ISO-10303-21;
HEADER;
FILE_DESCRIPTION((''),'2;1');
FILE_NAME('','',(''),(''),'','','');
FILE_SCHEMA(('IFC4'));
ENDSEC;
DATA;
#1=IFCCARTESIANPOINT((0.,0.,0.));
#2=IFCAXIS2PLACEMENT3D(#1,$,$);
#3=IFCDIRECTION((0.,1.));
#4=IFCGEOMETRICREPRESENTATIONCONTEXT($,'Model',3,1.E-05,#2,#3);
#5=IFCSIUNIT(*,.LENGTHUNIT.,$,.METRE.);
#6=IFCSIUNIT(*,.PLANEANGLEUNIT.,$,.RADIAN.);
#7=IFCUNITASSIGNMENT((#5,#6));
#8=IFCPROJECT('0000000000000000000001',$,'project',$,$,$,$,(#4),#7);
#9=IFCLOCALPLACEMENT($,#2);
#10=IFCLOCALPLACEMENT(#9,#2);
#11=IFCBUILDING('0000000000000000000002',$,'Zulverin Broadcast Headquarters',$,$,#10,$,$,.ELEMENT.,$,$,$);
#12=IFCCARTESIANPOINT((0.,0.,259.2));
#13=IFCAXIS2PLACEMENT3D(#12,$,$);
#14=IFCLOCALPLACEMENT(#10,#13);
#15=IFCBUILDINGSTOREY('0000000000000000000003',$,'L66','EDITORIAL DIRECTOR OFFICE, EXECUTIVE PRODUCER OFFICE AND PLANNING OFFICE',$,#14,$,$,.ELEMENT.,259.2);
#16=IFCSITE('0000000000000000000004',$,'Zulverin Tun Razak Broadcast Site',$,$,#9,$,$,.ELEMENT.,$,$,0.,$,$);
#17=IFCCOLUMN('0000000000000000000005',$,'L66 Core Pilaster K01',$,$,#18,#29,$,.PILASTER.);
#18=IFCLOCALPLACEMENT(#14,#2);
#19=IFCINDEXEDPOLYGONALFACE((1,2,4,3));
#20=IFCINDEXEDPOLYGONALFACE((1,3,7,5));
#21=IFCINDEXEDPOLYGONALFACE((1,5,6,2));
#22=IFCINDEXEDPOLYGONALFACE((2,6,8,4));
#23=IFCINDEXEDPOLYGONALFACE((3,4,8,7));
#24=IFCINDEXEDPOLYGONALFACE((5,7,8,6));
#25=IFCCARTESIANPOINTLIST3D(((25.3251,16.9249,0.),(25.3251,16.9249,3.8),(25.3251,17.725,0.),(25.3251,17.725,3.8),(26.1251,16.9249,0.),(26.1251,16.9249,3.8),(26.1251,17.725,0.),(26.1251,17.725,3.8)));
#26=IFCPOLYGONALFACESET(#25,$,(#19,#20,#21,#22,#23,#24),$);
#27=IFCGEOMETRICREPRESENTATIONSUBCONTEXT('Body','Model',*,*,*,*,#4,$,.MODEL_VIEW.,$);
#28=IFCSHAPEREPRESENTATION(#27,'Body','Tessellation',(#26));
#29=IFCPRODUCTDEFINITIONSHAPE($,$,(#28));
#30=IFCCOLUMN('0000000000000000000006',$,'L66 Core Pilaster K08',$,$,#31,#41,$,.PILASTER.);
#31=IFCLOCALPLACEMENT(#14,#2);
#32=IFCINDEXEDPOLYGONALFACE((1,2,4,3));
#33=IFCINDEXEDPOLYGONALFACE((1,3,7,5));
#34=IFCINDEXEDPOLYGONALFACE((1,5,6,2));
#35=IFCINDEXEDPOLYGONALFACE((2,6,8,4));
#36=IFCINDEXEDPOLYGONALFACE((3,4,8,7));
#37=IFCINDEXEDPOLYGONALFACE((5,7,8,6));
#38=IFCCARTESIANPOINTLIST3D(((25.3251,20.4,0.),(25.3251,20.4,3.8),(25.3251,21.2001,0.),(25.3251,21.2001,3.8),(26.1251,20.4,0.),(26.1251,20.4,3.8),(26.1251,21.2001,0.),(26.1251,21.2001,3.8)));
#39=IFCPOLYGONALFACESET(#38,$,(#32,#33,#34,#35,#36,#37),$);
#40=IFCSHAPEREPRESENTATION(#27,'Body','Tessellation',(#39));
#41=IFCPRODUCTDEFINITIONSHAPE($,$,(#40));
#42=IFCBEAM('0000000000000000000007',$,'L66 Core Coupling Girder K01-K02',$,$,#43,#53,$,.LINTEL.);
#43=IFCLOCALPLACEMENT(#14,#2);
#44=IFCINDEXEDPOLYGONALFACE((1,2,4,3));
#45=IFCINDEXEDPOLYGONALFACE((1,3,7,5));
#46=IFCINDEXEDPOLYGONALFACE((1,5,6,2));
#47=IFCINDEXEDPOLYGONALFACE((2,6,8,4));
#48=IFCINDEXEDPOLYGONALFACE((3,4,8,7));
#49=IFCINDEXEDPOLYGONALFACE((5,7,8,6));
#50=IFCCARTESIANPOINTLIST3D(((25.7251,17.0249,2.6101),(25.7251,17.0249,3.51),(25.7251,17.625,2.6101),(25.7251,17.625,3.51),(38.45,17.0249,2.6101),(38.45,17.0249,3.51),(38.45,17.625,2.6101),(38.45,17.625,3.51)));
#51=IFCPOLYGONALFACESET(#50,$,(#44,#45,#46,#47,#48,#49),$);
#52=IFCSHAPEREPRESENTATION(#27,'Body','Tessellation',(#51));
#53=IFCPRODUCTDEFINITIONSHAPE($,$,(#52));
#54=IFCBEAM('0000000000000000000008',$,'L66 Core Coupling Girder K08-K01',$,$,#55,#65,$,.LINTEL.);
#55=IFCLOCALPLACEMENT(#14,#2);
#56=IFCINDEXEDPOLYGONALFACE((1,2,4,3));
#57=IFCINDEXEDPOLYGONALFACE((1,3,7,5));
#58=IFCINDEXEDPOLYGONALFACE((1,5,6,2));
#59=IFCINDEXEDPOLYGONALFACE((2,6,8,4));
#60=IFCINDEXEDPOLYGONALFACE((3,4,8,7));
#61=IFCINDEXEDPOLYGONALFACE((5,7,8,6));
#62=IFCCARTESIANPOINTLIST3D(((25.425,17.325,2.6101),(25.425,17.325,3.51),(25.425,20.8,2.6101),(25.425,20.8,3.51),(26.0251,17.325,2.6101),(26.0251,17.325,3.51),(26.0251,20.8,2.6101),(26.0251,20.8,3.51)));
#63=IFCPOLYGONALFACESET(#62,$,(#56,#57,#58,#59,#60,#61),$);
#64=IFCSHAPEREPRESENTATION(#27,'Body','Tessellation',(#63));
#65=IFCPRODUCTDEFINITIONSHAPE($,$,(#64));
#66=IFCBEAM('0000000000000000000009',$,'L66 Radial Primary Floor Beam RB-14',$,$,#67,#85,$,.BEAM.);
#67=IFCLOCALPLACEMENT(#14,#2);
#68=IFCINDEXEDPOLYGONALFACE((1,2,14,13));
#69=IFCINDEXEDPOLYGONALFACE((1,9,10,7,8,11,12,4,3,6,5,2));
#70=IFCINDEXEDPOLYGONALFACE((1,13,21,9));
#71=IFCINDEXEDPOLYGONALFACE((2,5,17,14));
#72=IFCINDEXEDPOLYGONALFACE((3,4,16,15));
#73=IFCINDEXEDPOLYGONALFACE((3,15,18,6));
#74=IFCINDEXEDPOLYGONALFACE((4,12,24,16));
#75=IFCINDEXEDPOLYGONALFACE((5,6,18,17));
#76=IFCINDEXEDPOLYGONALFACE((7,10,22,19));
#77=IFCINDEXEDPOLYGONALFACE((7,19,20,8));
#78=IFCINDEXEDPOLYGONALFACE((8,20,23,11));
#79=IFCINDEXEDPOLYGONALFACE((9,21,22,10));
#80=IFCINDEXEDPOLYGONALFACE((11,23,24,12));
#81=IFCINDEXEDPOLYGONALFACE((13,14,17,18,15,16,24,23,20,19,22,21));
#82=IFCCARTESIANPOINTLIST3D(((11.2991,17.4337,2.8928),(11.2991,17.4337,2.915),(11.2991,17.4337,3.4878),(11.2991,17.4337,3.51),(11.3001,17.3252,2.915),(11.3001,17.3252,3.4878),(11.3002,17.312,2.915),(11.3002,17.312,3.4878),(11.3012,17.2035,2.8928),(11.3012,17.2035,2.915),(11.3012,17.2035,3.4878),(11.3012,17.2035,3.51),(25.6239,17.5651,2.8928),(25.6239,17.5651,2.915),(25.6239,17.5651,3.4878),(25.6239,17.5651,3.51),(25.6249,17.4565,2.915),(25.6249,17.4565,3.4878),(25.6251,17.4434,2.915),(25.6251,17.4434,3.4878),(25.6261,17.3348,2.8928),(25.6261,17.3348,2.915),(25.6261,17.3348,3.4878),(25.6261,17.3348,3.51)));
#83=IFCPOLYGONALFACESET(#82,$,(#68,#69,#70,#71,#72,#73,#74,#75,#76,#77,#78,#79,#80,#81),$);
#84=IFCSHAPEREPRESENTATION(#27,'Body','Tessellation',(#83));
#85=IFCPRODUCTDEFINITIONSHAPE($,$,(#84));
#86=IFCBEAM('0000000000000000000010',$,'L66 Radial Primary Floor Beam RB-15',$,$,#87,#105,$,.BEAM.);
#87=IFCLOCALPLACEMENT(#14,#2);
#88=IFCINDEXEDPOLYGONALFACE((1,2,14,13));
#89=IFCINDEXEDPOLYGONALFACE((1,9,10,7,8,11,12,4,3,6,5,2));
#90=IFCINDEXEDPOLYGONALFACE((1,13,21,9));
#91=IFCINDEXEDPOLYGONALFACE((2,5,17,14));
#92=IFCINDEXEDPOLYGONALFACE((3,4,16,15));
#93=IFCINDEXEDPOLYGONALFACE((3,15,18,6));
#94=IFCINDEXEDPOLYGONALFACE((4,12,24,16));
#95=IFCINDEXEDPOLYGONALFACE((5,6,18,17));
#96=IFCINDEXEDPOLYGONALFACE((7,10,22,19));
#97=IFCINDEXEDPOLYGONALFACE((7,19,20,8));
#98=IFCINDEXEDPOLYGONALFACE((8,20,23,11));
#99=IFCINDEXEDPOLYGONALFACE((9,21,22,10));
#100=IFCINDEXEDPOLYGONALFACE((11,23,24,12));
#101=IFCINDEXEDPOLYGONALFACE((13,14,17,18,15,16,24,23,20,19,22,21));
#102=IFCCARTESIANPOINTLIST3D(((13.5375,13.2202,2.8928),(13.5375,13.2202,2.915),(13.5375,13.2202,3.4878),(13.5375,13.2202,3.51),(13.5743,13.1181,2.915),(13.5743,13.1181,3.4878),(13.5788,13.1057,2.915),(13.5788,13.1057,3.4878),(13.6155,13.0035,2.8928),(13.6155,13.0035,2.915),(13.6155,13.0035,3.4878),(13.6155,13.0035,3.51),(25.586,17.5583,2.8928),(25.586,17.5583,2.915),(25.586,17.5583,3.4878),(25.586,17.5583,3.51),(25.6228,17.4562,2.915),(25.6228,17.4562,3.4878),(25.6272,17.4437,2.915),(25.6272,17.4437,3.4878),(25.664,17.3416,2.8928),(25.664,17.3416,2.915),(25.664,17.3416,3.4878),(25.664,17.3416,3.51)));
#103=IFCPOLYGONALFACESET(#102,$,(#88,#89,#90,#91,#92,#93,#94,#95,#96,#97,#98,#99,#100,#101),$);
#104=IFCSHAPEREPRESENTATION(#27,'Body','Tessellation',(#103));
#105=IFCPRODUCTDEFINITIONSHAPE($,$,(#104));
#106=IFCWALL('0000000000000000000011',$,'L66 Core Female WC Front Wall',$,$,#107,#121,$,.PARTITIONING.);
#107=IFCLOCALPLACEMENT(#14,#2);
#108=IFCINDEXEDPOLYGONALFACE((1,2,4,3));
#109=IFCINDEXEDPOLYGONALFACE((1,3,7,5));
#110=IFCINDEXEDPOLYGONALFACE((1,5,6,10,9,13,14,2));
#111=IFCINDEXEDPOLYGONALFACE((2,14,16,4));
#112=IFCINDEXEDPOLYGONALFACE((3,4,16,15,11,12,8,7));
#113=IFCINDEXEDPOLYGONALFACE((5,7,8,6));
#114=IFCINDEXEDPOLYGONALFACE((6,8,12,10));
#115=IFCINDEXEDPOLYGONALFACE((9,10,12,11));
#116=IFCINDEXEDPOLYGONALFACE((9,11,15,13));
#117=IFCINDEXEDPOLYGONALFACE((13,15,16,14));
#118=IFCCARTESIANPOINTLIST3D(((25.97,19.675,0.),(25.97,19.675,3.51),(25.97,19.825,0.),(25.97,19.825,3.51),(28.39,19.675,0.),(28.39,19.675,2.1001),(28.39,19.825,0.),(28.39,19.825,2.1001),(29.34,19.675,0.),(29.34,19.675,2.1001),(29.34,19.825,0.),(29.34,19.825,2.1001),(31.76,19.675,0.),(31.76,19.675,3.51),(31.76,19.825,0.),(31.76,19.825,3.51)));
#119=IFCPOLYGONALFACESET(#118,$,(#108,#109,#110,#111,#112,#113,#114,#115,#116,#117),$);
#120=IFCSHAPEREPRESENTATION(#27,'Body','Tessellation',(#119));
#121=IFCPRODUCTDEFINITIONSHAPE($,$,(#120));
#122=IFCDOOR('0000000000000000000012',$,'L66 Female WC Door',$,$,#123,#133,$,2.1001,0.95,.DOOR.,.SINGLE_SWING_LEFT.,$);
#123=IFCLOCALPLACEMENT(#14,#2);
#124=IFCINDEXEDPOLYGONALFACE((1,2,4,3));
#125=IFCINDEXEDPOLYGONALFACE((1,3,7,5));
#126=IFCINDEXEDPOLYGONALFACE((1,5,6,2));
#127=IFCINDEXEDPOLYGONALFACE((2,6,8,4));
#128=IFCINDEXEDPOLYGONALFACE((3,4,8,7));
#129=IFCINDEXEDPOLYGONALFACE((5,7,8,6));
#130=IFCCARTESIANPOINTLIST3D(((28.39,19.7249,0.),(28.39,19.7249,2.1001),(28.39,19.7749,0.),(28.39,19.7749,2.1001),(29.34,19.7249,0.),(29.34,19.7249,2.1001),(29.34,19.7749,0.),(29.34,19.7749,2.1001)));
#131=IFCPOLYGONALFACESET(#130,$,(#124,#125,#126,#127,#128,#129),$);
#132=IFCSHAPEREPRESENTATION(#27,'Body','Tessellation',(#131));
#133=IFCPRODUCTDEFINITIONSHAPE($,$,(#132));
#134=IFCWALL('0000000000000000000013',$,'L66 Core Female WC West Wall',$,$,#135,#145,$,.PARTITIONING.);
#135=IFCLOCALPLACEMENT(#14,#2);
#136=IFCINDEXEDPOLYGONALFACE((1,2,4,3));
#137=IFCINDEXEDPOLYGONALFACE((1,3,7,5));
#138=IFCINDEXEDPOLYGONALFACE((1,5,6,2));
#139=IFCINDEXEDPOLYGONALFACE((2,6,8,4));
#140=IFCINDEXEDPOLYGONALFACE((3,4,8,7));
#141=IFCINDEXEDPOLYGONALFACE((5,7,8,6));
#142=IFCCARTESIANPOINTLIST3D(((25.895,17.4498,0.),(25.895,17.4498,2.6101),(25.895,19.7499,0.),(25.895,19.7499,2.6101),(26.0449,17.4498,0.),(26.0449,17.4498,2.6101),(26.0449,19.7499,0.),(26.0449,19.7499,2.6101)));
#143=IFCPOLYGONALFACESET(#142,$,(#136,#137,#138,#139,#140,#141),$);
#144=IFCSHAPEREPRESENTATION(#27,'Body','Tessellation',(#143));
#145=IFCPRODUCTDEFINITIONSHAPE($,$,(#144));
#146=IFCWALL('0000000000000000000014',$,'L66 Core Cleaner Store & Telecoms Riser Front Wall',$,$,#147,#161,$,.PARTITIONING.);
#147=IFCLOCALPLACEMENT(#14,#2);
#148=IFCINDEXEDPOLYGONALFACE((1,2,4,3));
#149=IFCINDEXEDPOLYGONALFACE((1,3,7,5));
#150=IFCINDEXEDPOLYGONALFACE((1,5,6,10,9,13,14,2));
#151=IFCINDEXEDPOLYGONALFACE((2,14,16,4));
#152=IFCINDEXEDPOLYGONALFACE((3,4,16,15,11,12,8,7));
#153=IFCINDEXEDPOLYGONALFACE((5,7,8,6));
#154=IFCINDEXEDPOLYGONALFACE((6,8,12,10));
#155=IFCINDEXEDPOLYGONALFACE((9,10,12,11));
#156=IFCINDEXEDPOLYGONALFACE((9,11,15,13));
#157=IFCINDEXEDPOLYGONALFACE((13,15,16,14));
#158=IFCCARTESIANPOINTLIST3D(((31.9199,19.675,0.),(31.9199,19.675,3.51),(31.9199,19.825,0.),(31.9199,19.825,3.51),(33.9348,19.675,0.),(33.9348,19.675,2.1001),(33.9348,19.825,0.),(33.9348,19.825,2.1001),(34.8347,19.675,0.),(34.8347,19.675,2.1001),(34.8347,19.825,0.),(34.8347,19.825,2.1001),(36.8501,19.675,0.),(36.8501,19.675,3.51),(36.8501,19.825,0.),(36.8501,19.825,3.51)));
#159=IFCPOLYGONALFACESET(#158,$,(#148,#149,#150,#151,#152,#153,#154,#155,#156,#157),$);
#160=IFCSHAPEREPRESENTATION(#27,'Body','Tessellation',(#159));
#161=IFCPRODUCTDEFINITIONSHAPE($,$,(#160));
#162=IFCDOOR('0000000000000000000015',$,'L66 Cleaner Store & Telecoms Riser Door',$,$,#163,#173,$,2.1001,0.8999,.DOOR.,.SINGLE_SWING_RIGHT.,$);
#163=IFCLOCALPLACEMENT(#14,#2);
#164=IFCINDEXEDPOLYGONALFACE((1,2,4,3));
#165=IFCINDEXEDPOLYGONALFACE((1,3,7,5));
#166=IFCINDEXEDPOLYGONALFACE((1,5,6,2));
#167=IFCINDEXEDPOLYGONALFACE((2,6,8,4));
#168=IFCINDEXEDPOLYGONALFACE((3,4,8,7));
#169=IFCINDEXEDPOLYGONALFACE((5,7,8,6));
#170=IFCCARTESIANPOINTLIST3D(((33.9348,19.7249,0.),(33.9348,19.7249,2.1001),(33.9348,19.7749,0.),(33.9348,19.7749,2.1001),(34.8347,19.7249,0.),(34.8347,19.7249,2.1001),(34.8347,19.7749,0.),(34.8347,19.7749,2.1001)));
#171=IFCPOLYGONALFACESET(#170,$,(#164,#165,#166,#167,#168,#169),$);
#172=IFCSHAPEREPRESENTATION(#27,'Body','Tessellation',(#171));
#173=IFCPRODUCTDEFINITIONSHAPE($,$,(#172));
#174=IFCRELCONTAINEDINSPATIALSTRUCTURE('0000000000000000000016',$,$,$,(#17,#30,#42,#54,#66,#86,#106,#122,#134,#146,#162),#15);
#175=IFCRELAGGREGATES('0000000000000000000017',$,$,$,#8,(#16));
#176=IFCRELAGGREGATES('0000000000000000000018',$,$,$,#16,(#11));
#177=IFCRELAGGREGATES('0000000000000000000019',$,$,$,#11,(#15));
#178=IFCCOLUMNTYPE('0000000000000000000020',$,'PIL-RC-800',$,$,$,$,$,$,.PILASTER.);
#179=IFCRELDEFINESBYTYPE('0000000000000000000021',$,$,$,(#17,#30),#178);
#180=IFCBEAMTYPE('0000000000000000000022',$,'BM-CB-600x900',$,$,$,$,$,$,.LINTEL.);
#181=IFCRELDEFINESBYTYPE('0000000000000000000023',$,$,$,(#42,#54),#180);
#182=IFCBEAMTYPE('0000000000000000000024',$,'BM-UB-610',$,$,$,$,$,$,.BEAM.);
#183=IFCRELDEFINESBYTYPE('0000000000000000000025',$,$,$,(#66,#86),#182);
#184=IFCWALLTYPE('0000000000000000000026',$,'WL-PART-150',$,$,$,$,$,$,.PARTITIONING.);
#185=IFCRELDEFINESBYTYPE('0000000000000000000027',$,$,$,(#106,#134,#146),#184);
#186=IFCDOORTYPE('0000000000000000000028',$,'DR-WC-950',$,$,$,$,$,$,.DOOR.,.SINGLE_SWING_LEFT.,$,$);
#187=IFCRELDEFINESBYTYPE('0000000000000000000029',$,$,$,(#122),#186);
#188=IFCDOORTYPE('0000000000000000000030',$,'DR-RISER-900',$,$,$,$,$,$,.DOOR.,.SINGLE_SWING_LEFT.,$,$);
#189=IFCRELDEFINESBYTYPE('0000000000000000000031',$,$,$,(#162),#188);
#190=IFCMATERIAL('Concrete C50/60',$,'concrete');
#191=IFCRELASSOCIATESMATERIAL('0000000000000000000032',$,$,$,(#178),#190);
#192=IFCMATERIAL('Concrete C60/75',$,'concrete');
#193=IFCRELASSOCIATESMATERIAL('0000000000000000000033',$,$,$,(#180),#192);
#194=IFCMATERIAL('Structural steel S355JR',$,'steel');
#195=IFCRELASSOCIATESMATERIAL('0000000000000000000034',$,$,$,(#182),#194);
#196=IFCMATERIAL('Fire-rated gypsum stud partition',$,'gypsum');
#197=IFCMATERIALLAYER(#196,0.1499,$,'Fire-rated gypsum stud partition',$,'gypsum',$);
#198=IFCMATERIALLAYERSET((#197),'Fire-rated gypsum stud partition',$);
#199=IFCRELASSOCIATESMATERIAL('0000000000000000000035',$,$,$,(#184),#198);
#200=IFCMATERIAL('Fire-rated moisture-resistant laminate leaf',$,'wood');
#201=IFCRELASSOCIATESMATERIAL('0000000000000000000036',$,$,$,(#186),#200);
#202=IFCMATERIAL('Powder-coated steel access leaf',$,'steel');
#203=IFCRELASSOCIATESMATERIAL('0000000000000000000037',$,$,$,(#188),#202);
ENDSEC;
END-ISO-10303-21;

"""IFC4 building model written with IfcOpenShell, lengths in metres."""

from ifc_helpers import new_model, si_unit, direction, frame, frame_2d, origin, origin_2d, place, context, subcontext, project, spatial, rectangle, i_section, extrude, material, layer, layer_set, material_profile, profile_set, type_object, element, fill, save


model = new_model("IFC4")

# Units and contexts
model_context = context("Model", 3, precision=1e-05, world=origin(), true_north=direction((0.0, 1.0)))
body_context = subcontext(model_context, "Body", "Model", "MODEL_VIEW")
ifc_project = project(units=[si_unit("LENGTHUNIT", "METRE"), si_unit("PLANEANGLEUNIT", "RADIAN")], contexts=[model_context])

# Site, building, storey
site_placement = place(None, origin())
site = spatial("IfcSite", under=ifc_project, at=site_placement, Name="Zulverin Tun Razak Broadcast Site", CompositionType="ELEMENT", RefElevation=0.0)
building_placement = place(site_placement, origin())
building = spatial("IfcBuilding", under=site, at=building_placement, Name="Zulverin Broadcast Headquarters", CompositionType="ELEMENT")
storey_placement = place(building_placement, frame((0.0, 0.0, 259.2)))
storey = spatial("IfcBuildingStorey", under=building, at=storey_placement, Name="L66", Description="EDITORIAL DIRECTOR OFFICE, EXECUTIVE PRODUCER OFFICE AND PLANNING OFFICE", CompositionType="ELEMENT", Elevation=259.2)

# Columns
ifc_material_1 = material(Name="Concrete C50/60", Category="concrete")
ifc_material_profile_1 = material_profile(ifc_material_1, rectangle(XDim=0.8, YDim=0.8, at=origin_2d()), Name="Concrete C50/60", Category="concrete")
ifc_profile_set_1 = profile_set([ifc_material_profile_1], Name="Concrete C50/60")
column_type = type_object("IfcColumnType", Name="PIL-RC-800", PredefinedType="PILASTER", material=ifc_profile_set_1)
for number, where, z_axis, x_axis, name in (
    (1, (25.7251, 17.325, 0.0), (0.0, 0.0, 1.0), (1.0, 0.0, 0.0), "L66 Core Pilaster K01"),
    (2, (25.7251, 20.8, 0.0), (0.0, 0.0, 1.0), (1.0, 0.0, 0.0), "L66 Core Pilaster K08"),
):
    element("IfcColumn", number, at=place(storey_placement, frame(where, z_axis=z_axis, x_axis=x_axis)), inside=storey, type_object=column_type, Name=name, PredefinedType="PILASTER", context=body_context, shape_type="SweptSolid", body=[
        extrude(rectangle(XDim=0.8, YDim=0.8, at=origin_2d()), origin(), (0.0, 0.0, 1.0), 3.8),
    ])

# Beams
ifc_material_2 = material(Name="Concrete C60/75", Category="concrete")
ifc_material_profile_2 = material_profile(ifc_material_2, rectangle(XDim=0.6001, YDim=0.8999, at=origin_2d()), Name="Concrete C60/75", Category="concrete")
ifc_profile_set_2 = profile_set([ifc_material_profile_2], Name="Concrete C60/75")
beam_type_1 = type_object("IfcBeamType", Name="BM-CB-600x900", PredefinedType="LINTEL", material=ifc_profile_set_2)
beam_1_placement = place(storey_placement, frame((25.7251, 17.325, 3.0601), z_axis=(1.0, 0.0, 0.0), x_axis=(0.0, 1.0, 0.0)))
element("IfcBeam", 3, at=beam_1_placement, inside=storey, type_object=beam_type_1, Name="L66 Core Coupling Girder K01-K02", PredefinedType="LINTEL", context=body_context, shape_type="SweptSolid", body=[
    extrude(rectangle(XDim=0.6001, YDim=0.8999, at=origin_2d()), origin(), (0.0, 0.0, 1.0), 12.7249),
])
beam_2_placement = place(storey_placement, frame((25.7251, 20.8, 3.0601), z_axis=(0.0, -1.0, 0.0), x_axis=(1.0, 0.0, 0.0)))
element("IfcBeam", 4, at=beam_2_placement, inside=storey, type_object=beam_type_1, Name="L66 Core Coupling Girder K08-K01", PredefinedType="LINTEL", context=body_context, shape_type="SweptSolid", body=[
    extrude(rectangle(XDim=0.6001, YDim=0.8999, at=origin_2d()), origin(), (0.0, 0.0, 1.0), 3.4751),
])
ifc_material_3 = material(Name="Structural steel S355JR", Category="steel")
ifc_material_profile_3 = material_profile(ifc_material_3, i_section(OverallWidth=0.2302, OverallDepth=0.6172, WebThickness=0.0132, FlangeThickness=0.0222, at=origin_2d()), Name="Structural steel S355JR", Category="steel")
ifc_profile_set_3 = profile_set([ifc_material_profile_3], Name="Structural steel S355JR")
beam_type_2 = type_object("IfcBeamType", Name="BM-UB-610", PredefinedType="BEAM", material=ifc_profile_set_3)
beam_3_placement = place(storey_placement, frame((25.625, 17.45, 3.2014), z_axis=(-0.999958, -0.009169, 0.0), x_axis=(0.009169, -0.999958, 0.0)))
element("IfcBeam", 5, at=beam_3_placement, inside=storey, type_object=beam_type_2, Name="L66 Radial Primary Floor Beam RB-14", PredefinedType="BEAM", context=body_context, shape_type="SweptSolid", body=[
    extrude(i_section(OverallWidth=0.2302, OverallDepth=0.6172, WebThickness=0.0132, FlangeThickness=0.0222, at=origin_2d()), origin(), (0.0, 0.0, 1.0), 14.3254),
])
beam_4_placement = place(storey_placement, frame((25.625, 17.45, 3.2014), z_axis=(-0.940871, -0.338764, 0.0), x_axis=(0.338764, -0.940871, 0.0)))
element("IfcBeam", 6, at=beam_4_placement, inside=storey, type_object=beam_type_2, Name="L66 Radial Primary Floor Beam RB-15", PredefinedType="BEAM", context=body_context, shape_type="SweptSolid", body=[
    extrude(i_section(OverallWidth=0.2302, OverallDepth=0.6172, WebThickness=0.0132, FlangeThickness=0.0222, at=origin_2d()), origin(), (0.0, 0.0, 1.0), 12.8057),
])

# Wall, opening, door
ifc_material_4 = material(Name="Fire-rated gypsum stud partition", Category="gypsum")
ifc_layer_1 = layer(ifc_material_4, 0.1499, Name="Fire-rated gypsum stud partition", Category="gypsum")
ifc_layer_set_1 = layer_set([ifc_layer_1], Name="Fire-rated gypsum stud partition")
wall_type_1 = type_object("IfcWallType", Name="WL-PART-150", PredefinedType="PARTITIONING", material=ifc_layer_set_1)
wall_1_placement = place(storey_placement, frame((25.97, 19.75, 0.0), z_axis=(0.0, 0.0, 1.0), x_axis=(1.0, 0.0, 0.0)))
wall_1 = element("IfcWall", 7, at=wall_1_placement, inside=storey, type_object=wall_type_1, Name="L66 Core Female WC Front Wall", PredefinedType="PARTITIONING", context=body_context, shape_type="SweptSolid", body=[
    extrude(rectangle(XDim=5.79, YDim=0.1499, at=frame_2d((2.895, 0.0))), origin(), (0.0, 0.0, 1.0), 3.51),
])
opening_1_placement = place(wall_1_placement, frame((2.4199, 0.0, 0.0)))
opening_1 = element("IfcOpeningElement", 8, at=opening_1_placement, cuts=wall_1, PredefinedType="OPENING", context=body_context, shape_type="SweptSolid", body=[
    extrude(rectangle(XDim=0.95, YDim=2.1001, at=frame_2d((0.4751, 1.05))), frame((0.0, 0.085, 0.0), z_axis=(0.0, -1.0, 0.0), x_axis=(1.0, 0.0, 0.0)), (0.0, 0.0, 1.0), 0.1699),
])
ifc_material_5 = material(Name="Fire-rated moisture-resistant laminate leaf", Category="wood")
door_type_1 = type_object("IfcDoorType", Name="DR-WC-950", OperationType="SINGLE_SWING_LEFT", PredefinedType="DOOR", material=ifc_material_5)
door_1_placement = place(opening_1_placement, origin())
door_1 = element("IfcDoor", 9, at=door_1_placement, inside=storey, type_object=door_type_1, Name="L66 Female WC Door", OperationType="SINGLE_SWING_LEFT", OverallHeight=2.1001, OverallWidth=0.95, PredefinedType="DOOR", context=body_context, shape_type="SweptSolid", body=[
    extrude(rectangle(XDim=0.95, YDim=2.1001, at=frame_2d((0.4751, 1.05))), frame((0.0, 0.0249, 0.0), z_axis=(0.0, -1.0, 0.0), x_axis=(1.0, 0.0, 0.0)), (0.0, 0.0, 1.0), 0.05),
])
fill(opening_1, door_1)

# Wall
wall_2_placement = place(storey_placement, frame((25.97, 17.45, 0.0), z_axis=(0.0, 0.0, 1.0), x_axis=(0.0, 1.0, 0.0)))
element("IfcWall", 10, at=wall_2_placement, inside=storey, type_object=wall_type_1, Name="L66 Core Female WC West Wall", PredefinedType="PARTITIONING", context=body_context, shape_type="SweptSolid", body=[
    extrude(rectangle(XDim=2.3, YDim=0.1499, at=frame_2d((1.1499, 0.0))), origin(), (0.0, 0.0, 1.0), 2.6101),
])

# Wall, opening, door
wall_3_placement = place(storey_placement, frame((31.9199, 19.75, 0.0), z_axis=(0.0, 0.0, 1.0), x_axis=(1.0, 0.0, 0.0)))
wall_3 = element("IfcWall", 11, at=wall_3_placement, inside=storey, type_object=wall_type_1, Name="L66 Core Cleaner Store & Telecoms Riser Front Wall", PredefinedType="PARTITIONING", context=body_context, shape_type="SweptSolid", body=[
    extrude(rectangle(XDim=4.9302, YDim=0.1499, at=frame_2d((2.4651, 0.0))), origin(), (0.0, 0.0, 1.0), 3.51),
])
opening_2_placement = place(wall_3_placement, frame((2.0149, 0.0, 0.0)))
opening_2 = element("IfcOpeningElement", 12, at=opening_2_placement, cuts=wall_3, PredefinedType="OPENING", context=body_context, shape_type="SweptSolid", body=[
    extrude(rectangle(XDim=0.8999, YDim=2.1001, at=frame_2d((0.45, 1.05))), frame((0.0, 0.085, 0.0), z_axis=(0.0, -1.0, 0.0), x_axis=(1.0, 0.0, 0.0)), (0.0, 0.0, 1.0), 0.1699),
])
ifc_material_6 = material(Name="Powder-coated steel access leaf", Category="steel")
door_type_2 = type_object("IfcDoorType", Name="DR-RISER-900", OperationType="SINGLE_SWING_LEFT", PredefinedType="DOOR", material=ifc_material_6)
door_2_placement = place(opening_2_placement, origin())
door_2 = element("IfcDoor", 13, at=door_2_placement, inside=storey, type_object=door_type_2, Name="L66 Cleaner Store & Telecoms Riser Door", OperationType="SINGLE_SWING_RIGHT", OverallHeight=2.1001, OverallWidth=0.8999, PredefinedType="DOOR", context=body_context, shape_type="SweptSolid", body=[
    extrude(rectangle(XDim=0.8999, YDim=2.1001, at=frame_2d((0.45, 1.05))), frame((0.0, 0.0249, 0.0), z_axis=(0.0, -1.0, 0.0), x_axis=(1.0, 0.0, 0.0)), (0.0, 0.0, 1.0), 0.05),
])
fill(opening_2, door_2)

save(model, "model.ifc")
